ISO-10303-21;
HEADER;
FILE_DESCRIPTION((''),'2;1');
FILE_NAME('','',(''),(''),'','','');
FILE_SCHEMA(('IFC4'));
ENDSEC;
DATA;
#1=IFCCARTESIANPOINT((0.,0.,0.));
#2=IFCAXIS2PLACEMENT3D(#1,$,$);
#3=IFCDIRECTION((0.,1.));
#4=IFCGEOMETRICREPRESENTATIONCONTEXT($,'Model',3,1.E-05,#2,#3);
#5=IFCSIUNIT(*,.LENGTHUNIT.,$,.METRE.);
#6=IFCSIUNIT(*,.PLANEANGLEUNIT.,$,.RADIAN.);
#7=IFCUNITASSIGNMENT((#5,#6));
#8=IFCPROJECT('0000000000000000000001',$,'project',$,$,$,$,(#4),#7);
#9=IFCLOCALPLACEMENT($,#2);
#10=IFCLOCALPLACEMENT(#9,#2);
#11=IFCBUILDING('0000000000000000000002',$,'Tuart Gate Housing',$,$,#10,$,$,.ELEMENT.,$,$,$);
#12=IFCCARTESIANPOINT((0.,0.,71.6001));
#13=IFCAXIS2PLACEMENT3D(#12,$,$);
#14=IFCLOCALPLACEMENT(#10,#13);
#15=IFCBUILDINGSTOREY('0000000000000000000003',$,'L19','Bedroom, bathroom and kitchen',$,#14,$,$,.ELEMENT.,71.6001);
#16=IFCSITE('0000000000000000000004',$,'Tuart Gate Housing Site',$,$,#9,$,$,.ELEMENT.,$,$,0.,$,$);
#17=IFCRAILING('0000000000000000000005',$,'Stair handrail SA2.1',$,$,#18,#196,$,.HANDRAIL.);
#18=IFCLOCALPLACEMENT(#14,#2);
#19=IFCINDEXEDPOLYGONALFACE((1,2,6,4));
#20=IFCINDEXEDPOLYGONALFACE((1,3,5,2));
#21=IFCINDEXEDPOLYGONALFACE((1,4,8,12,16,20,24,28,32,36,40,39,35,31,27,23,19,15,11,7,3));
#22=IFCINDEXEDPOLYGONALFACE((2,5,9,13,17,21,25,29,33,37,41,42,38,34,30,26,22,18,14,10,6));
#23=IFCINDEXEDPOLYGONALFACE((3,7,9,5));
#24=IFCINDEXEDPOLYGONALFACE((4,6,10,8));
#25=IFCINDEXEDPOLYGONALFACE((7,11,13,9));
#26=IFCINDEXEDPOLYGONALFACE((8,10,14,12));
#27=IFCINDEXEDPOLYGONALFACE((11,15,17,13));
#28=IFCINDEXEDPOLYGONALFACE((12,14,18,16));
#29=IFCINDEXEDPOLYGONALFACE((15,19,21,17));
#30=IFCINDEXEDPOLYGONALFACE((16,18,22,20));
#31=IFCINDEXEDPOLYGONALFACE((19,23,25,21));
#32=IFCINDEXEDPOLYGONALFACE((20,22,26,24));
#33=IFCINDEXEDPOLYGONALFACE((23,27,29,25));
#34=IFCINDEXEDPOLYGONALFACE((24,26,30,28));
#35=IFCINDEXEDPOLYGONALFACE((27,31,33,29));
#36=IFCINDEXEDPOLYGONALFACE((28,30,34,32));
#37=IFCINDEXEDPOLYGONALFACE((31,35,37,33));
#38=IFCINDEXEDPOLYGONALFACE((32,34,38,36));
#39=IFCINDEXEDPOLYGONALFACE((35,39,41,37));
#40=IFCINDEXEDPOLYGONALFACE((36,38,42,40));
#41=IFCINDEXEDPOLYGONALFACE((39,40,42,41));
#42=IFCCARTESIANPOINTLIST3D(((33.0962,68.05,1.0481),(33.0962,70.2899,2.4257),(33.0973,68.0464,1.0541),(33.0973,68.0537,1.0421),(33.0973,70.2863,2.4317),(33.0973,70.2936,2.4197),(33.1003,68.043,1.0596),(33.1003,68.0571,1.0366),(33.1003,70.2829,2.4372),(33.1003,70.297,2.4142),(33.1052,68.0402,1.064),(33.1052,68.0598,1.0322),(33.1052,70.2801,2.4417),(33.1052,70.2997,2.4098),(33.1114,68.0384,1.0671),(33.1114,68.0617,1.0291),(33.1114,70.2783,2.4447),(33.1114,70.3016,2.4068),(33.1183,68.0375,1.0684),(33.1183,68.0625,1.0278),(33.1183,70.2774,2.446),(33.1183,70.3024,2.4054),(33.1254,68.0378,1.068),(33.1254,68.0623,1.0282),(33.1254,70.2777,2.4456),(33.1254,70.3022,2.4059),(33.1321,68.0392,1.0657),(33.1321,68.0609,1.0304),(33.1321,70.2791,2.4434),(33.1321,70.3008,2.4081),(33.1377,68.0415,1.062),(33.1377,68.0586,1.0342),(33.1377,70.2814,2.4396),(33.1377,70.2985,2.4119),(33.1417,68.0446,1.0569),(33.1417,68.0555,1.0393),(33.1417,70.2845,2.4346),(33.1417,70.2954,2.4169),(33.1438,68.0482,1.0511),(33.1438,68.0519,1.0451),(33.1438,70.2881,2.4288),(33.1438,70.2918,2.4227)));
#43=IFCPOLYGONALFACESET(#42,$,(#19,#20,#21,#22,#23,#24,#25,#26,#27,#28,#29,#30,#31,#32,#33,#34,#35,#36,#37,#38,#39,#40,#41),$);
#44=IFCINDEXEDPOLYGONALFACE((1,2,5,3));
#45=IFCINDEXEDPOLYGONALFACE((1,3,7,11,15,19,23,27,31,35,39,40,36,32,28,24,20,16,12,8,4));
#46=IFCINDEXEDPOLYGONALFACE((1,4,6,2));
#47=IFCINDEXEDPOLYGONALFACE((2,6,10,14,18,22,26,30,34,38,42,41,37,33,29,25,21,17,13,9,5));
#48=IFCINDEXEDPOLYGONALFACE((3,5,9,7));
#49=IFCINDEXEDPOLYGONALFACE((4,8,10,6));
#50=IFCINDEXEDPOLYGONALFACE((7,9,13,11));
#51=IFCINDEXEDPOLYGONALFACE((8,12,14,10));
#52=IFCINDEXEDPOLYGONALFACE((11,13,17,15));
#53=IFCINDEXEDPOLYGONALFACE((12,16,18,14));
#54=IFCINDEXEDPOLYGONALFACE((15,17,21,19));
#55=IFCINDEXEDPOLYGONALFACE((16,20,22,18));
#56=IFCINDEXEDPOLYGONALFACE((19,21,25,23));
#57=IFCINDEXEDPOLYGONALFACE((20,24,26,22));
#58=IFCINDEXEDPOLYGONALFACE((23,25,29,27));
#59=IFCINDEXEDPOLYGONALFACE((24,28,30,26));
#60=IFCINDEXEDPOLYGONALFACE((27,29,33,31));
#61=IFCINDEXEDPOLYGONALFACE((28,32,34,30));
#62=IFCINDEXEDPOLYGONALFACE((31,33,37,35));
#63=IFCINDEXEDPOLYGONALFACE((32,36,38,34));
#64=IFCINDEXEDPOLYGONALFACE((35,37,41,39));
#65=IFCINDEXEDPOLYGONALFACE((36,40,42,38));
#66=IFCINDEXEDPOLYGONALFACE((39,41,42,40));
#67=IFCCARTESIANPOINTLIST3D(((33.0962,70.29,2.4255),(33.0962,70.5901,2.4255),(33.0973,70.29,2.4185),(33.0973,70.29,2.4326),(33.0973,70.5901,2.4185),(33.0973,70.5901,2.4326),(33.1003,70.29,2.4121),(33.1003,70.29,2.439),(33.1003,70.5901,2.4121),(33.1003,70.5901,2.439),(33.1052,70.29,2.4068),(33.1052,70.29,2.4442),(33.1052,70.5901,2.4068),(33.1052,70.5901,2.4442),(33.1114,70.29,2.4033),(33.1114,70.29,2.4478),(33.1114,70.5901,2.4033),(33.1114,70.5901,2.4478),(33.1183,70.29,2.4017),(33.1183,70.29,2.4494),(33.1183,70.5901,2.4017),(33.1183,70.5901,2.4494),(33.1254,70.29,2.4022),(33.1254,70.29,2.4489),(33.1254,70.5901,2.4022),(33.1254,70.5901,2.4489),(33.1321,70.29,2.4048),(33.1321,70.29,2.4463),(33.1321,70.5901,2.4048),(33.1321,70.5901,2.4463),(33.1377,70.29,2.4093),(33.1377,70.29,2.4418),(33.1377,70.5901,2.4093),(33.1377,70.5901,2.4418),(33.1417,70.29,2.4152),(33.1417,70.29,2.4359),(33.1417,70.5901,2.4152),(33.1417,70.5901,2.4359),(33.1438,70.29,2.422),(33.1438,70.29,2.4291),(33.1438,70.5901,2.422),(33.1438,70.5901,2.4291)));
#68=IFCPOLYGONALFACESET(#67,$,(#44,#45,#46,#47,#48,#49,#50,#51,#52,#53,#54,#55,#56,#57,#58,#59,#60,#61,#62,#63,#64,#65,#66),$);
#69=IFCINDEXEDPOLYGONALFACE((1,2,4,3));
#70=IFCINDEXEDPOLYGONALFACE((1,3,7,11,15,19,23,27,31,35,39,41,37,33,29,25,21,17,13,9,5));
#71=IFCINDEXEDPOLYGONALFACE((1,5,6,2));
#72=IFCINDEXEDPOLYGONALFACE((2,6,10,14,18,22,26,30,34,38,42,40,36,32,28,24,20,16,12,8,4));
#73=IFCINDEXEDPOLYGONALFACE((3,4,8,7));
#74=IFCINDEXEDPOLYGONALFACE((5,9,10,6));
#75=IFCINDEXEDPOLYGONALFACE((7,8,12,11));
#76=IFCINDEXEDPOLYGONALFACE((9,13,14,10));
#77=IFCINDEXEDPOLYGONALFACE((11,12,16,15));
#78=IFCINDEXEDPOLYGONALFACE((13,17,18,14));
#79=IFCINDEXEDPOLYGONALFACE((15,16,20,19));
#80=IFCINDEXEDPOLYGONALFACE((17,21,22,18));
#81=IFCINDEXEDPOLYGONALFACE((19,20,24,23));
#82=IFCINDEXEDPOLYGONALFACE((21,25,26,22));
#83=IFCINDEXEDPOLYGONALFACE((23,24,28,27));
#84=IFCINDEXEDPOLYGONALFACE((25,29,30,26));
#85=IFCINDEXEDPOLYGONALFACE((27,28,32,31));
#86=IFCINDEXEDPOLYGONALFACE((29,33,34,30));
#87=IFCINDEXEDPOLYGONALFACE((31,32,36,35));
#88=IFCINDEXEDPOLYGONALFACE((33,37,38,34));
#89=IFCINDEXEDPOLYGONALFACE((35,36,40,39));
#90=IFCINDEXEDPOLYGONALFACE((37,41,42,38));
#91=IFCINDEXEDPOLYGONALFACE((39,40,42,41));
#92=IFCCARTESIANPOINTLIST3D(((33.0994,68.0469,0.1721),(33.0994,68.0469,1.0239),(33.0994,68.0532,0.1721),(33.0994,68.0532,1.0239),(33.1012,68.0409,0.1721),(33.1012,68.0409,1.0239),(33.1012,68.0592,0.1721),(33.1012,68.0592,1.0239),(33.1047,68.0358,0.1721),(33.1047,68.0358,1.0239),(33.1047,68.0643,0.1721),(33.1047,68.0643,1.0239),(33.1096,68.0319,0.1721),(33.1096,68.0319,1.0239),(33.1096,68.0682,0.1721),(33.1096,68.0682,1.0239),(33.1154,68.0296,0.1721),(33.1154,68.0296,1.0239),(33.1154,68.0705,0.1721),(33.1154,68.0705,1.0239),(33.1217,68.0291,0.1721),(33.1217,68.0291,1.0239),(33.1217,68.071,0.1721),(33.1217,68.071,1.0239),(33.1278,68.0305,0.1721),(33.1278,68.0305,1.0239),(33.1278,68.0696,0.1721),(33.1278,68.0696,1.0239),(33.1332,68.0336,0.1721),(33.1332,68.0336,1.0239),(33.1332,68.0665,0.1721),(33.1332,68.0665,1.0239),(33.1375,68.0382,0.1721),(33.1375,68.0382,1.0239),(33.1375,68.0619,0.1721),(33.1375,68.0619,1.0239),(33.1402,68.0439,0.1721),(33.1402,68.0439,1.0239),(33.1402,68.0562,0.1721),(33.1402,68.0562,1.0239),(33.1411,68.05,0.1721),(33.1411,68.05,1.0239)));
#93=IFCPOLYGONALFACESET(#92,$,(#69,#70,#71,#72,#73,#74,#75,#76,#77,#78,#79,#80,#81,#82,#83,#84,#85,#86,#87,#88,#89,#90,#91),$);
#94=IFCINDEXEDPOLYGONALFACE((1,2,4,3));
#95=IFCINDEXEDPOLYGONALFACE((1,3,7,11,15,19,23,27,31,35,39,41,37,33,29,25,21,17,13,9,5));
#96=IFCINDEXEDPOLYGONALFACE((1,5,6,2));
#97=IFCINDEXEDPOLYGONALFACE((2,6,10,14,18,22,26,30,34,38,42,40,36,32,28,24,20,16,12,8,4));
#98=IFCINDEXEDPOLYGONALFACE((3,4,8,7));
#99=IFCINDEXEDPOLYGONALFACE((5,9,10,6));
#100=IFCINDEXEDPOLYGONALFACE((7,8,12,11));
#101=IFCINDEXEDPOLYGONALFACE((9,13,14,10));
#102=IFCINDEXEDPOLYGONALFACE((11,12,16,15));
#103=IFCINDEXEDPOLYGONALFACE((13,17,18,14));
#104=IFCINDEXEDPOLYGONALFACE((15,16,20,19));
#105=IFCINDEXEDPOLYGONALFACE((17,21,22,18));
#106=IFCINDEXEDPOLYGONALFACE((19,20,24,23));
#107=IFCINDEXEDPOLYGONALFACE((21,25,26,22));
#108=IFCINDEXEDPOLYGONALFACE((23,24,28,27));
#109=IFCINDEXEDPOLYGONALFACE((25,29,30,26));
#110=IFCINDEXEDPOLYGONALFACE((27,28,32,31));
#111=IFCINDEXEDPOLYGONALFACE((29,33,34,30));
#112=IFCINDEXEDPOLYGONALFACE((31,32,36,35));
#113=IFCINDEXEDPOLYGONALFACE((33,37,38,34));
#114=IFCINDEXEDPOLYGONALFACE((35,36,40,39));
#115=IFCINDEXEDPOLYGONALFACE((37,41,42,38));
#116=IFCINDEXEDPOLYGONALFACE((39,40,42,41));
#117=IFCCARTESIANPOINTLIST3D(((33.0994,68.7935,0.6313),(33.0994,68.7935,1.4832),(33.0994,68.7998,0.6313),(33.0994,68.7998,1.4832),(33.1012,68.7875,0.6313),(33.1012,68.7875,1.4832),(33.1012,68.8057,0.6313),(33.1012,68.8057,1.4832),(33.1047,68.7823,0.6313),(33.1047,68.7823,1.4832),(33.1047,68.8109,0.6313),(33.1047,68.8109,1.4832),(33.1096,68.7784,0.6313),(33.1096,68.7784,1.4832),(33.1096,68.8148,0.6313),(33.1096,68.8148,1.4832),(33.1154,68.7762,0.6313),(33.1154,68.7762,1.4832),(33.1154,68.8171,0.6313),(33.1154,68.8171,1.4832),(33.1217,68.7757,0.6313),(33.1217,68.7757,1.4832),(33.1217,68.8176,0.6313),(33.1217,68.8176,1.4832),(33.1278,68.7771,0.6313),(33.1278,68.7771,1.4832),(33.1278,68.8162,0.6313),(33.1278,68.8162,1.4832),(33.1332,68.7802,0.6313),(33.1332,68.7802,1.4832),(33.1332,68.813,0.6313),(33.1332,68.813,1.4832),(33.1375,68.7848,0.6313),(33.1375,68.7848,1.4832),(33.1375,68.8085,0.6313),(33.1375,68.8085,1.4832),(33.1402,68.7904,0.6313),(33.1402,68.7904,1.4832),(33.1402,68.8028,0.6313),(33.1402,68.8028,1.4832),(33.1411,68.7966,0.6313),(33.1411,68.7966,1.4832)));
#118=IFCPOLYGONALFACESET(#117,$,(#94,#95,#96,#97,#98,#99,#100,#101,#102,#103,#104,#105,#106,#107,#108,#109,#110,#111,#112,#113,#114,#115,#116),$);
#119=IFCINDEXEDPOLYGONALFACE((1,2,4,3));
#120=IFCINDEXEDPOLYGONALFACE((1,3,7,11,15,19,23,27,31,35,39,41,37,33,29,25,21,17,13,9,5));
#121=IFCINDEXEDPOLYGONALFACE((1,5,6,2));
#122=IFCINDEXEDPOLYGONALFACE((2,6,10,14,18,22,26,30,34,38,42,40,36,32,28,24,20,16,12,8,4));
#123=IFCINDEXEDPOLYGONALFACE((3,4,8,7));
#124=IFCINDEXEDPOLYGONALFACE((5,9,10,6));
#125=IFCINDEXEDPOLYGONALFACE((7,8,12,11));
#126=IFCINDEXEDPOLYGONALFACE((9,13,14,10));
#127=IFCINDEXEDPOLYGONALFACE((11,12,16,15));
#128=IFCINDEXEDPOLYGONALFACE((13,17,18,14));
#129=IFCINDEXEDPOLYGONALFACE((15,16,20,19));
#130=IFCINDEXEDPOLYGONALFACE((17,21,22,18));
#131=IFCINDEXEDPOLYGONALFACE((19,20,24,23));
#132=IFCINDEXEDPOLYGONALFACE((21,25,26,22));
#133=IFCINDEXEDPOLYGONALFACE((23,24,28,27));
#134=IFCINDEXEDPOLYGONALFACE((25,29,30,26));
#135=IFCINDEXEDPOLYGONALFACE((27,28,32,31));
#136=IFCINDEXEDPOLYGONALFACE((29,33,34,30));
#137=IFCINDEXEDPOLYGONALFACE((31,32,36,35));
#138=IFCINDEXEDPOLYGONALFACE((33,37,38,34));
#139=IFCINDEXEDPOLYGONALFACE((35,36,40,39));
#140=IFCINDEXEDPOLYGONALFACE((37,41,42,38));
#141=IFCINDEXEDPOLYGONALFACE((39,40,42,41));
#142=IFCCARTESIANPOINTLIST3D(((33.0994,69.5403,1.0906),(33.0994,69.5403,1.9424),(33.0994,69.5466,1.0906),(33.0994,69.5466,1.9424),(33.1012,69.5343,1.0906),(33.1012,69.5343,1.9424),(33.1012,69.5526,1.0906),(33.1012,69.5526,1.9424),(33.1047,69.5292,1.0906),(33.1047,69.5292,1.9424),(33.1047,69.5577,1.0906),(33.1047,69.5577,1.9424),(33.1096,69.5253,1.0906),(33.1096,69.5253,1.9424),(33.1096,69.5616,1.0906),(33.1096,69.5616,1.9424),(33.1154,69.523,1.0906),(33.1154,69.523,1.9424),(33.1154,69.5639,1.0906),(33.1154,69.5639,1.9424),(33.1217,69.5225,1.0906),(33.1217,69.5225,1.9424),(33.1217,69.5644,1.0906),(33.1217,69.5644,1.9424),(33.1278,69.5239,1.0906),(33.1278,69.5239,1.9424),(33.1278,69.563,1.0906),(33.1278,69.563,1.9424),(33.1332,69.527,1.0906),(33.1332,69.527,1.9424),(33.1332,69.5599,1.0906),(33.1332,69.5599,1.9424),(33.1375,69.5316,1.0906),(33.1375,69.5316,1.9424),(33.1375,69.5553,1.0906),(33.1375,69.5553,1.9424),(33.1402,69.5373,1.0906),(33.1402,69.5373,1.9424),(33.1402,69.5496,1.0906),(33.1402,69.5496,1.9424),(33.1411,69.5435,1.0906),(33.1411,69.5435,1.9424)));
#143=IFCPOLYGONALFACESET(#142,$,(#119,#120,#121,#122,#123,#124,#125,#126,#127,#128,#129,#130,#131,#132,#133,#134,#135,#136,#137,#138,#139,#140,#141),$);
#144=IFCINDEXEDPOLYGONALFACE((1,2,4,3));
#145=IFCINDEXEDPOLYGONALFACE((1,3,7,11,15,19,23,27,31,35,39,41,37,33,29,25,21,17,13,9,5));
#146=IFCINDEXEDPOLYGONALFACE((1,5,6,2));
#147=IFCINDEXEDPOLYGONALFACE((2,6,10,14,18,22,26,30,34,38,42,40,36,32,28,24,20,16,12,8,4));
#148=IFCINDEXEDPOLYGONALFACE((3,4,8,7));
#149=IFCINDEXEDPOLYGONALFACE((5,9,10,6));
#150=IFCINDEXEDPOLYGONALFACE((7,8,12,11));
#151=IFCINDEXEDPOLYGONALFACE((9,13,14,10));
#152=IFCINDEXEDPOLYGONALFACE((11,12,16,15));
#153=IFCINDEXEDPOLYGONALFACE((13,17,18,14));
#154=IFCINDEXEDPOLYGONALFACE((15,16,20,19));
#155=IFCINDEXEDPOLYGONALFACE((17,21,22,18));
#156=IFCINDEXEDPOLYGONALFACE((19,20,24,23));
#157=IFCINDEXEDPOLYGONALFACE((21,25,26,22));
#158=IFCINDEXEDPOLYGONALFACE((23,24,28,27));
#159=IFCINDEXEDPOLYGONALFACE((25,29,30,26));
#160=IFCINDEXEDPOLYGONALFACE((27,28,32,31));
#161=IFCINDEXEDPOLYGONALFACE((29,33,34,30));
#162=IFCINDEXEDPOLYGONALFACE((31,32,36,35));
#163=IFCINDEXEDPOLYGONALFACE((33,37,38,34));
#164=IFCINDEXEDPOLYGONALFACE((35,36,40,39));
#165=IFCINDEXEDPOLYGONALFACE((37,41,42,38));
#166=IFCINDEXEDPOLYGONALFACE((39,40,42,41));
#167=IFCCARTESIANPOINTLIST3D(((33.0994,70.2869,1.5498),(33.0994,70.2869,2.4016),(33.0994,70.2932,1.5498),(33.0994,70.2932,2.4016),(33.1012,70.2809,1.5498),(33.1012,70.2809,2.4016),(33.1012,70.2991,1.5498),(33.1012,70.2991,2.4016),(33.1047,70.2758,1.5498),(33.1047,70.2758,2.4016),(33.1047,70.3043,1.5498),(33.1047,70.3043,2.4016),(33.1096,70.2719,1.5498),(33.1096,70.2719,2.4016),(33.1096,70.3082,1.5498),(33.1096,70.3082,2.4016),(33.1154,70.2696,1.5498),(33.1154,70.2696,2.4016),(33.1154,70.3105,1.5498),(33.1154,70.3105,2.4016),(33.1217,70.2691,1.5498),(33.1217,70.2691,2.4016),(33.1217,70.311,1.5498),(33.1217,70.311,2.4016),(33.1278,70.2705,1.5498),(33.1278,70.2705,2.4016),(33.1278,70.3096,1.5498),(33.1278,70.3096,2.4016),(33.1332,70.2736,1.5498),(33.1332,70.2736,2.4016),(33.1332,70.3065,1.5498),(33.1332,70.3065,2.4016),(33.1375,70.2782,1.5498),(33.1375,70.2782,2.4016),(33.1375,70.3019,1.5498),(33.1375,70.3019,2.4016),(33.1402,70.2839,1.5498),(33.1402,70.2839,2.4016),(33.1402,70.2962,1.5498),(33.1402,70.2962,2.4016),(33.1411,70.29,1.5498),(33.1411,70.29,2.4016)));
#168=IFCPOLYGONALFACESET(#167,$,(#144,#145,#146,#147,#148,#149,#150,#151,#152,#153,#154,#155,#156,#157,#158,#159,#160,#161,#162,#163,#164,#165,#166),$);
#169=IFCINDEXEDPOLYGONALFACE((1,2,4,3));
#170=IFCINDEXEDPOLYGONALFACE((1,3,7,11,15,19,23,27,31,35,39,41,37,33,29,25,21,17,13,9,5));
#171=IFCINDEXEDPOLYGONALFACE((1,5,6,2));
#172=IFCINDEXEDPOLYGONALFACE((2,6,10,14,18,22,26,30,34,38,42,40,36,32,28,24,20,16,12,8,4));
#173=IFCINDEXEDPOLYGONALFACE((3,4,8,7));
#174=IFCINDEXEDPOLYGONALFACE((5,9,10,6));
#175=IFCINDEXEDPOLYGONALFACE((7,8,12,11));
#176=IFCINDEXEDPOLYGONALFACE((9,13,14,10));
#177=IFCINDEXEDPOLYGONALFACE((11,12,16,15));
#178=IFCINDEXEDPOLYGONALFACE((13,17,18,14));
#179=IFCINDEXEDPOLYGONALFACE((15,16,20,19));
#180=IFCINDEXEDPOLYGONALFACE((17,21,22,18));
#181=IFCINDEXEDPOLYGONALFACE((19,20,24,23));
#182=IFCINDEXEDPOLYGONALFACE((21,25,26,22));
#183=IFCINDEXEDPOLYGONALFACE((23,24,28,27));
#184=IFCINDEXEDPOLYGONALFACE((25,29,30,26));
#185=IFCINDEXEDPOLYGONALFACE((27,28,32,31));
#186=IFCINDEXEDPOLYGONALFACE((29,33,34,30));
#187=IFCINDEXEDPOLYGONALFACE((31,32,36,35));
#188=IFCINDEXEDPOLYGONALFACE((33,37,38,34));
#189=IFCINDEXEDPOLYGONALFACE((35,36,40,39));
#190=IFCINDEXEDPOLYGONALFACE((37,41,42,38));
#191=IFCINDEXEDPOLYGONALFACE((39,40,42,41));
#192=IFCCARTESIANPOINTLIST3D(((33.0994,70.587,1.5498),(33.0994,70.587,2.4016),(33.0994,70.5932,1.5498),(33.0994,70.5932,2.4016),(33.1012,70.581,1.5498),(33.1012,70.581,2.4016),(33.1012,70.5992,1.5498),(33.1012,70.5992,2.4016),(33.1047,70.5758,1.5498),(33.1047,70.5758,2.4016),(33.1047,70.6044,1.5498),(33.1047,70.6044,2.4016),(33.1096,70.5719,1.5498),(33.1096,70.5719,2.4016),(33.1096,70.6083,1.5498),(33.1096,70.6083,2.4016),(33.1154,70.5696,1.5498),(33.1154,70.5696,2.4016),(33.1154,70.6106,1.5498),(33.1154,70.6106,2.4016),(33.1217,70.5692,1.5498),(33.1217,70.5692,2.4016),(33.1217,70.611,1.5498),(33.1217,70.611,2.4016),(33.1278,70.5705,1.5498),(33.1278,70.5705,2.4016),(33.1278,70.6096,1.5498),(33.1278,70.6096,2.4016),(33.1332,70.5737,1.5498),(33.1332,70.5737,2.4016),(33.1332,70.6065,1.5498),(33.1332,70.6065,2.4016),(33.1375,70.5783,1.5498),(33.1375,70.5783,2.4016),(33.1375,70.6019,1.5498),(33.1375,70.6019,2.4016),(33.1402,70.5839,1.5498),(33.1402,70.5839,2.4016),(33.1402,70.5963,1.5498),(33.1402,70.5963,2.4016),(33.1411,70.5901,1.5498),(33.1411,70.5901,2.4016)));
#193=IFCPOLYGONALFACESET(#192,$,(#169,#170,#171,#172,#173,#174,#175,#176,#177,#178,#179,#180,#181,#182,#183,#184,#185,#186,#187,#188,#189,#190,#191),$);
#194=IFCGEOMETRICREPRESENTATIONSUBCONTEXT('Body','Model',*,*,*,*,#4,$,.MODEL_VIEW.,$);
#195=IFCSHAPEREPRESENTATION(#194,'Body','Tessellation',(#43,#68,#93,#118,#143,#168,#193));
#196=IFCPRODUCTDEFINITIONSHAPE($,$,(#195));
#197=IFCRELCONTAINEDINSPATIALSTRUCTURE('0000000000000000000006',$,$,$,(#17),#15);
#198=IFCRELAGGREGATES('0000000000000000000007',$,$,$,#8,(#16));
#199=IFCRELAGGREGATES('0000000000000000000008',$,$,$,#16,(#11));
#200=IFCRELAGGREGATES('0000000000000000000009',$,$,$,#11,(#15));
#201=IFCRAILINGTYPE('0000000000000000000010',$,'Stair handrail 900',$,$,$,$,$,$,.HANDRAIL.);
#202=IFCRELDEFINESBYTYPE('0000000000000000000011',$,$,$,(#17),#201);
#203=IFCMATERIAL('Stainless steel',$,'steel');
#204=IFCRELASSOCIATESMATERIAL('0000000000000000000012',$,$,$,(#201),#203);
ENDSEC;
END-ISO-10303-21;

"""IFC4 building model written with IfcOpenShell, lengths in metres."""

from ifc_helpers import new_model, si_unit, direction, frame, origin, origin_2d, place, context, subcontext, project, spatial, circle, extrude, material, type_object, element, save


model = new_model("IFC4")

# Units and contexts
model_context = context("Model", 3, precision=1e-05, world=origin(), true_north=direction((0.0, 1.0)))
body_context = subcontext(model_context, "Body", "Model", "MODEL_VIEW")
ifc_project = project(units=[si_unit("LENGTHUNIT", "METRE"), si_unit("PLANEANGLEUNIT", "RADIAN")], contexts=[model_context])

# Site, building, storey
site_placement = place(None, origin())
site = spatial("IfcSite", under=ifc_project, at=site_placement, Name="Tuart Gate Housing Site", CompositionType="ELEMENT", RefElevation=0.0)
building_placement = place(site_placement, origin())
building = spatial("IfcBuilding", under=site, at=building_placement, Name="Tuart Gate Housing", CompositionType="ELEMENT")
storey_placement = place(building_placement, frame((0.0, 0.0, 71.6001)))
storey = spatial("IfcBuildingStorey", under=building, at=storey_placement, Name="L19", Description="Bedroom, bathroom and kitchen", CompositionType="ELEMENT", Elevation=71.6001)

# Railing
ifc_material_1 = material(Name="Stainless steel", Category="steel")
railing_type = type_object("IfcRailingType", Name="Stair handrail 900", PredefinedType="HANDRAIL", material=ifc_material_1)
railing_placement = place(storey_placement, frame((33.1201, 68.05, 0.1721)))
element("IfcRailing", 1, at=railing_placement, inside=storey, type_object=railing_type, Name="Stair handrail SA2.1", PredefinedType="HANDRAIL", context=body_context, shape_type="SweptSolid", body=[
    extrude(circle(Radius=0.0239, at=origin_2d()), frame((0.0, 0.0, 0.876), z_axis=(0.0, 0.851789, 0.523885), x_axis=(-1.0, 0.0, 0.0)), (0.0, 0.0, 1.0), 2.6296),
    extrude(circle(Radius=0.0239, at=origin_2d()), frame((0.0, 2.24, 2.2534), z_axis=(0.0, 1.0, 0.0), x_axis=(-1.0, 0.0, 0.0)), (0.0, 0.0, 1.0), 0.3),
    extrude(circle(Radius=0.021, at=origin_2d()), origin(), (0.0, 0.0, 1.0), 0.8518),
    extrude(circle(Radius=0.021, at=origin_2d()), frame((0.0, 0.7466, 0.4592)), (0.0, 0.0, 1.0), 0.8518),
    extrude(circle(Radius=0.021, at=origin_2d()), frame((0.0, 1.4934, 0.9185)), (0.0, 0.0, 1.0), 0.8518),
    extrude(circle(Radius=0.021, at=origin_2d()), frame((0.0, 2.24, 1.3777)), (0.0, 0.0, 1.0), 0.8518),
    extrude(circle(Radius=0.021, at=origin_2d()), frame((0.0, 2.54, 1.3777)), (0.0, 0.0, 1.0), 0.8518),
])

save(model, "model.ifc")
